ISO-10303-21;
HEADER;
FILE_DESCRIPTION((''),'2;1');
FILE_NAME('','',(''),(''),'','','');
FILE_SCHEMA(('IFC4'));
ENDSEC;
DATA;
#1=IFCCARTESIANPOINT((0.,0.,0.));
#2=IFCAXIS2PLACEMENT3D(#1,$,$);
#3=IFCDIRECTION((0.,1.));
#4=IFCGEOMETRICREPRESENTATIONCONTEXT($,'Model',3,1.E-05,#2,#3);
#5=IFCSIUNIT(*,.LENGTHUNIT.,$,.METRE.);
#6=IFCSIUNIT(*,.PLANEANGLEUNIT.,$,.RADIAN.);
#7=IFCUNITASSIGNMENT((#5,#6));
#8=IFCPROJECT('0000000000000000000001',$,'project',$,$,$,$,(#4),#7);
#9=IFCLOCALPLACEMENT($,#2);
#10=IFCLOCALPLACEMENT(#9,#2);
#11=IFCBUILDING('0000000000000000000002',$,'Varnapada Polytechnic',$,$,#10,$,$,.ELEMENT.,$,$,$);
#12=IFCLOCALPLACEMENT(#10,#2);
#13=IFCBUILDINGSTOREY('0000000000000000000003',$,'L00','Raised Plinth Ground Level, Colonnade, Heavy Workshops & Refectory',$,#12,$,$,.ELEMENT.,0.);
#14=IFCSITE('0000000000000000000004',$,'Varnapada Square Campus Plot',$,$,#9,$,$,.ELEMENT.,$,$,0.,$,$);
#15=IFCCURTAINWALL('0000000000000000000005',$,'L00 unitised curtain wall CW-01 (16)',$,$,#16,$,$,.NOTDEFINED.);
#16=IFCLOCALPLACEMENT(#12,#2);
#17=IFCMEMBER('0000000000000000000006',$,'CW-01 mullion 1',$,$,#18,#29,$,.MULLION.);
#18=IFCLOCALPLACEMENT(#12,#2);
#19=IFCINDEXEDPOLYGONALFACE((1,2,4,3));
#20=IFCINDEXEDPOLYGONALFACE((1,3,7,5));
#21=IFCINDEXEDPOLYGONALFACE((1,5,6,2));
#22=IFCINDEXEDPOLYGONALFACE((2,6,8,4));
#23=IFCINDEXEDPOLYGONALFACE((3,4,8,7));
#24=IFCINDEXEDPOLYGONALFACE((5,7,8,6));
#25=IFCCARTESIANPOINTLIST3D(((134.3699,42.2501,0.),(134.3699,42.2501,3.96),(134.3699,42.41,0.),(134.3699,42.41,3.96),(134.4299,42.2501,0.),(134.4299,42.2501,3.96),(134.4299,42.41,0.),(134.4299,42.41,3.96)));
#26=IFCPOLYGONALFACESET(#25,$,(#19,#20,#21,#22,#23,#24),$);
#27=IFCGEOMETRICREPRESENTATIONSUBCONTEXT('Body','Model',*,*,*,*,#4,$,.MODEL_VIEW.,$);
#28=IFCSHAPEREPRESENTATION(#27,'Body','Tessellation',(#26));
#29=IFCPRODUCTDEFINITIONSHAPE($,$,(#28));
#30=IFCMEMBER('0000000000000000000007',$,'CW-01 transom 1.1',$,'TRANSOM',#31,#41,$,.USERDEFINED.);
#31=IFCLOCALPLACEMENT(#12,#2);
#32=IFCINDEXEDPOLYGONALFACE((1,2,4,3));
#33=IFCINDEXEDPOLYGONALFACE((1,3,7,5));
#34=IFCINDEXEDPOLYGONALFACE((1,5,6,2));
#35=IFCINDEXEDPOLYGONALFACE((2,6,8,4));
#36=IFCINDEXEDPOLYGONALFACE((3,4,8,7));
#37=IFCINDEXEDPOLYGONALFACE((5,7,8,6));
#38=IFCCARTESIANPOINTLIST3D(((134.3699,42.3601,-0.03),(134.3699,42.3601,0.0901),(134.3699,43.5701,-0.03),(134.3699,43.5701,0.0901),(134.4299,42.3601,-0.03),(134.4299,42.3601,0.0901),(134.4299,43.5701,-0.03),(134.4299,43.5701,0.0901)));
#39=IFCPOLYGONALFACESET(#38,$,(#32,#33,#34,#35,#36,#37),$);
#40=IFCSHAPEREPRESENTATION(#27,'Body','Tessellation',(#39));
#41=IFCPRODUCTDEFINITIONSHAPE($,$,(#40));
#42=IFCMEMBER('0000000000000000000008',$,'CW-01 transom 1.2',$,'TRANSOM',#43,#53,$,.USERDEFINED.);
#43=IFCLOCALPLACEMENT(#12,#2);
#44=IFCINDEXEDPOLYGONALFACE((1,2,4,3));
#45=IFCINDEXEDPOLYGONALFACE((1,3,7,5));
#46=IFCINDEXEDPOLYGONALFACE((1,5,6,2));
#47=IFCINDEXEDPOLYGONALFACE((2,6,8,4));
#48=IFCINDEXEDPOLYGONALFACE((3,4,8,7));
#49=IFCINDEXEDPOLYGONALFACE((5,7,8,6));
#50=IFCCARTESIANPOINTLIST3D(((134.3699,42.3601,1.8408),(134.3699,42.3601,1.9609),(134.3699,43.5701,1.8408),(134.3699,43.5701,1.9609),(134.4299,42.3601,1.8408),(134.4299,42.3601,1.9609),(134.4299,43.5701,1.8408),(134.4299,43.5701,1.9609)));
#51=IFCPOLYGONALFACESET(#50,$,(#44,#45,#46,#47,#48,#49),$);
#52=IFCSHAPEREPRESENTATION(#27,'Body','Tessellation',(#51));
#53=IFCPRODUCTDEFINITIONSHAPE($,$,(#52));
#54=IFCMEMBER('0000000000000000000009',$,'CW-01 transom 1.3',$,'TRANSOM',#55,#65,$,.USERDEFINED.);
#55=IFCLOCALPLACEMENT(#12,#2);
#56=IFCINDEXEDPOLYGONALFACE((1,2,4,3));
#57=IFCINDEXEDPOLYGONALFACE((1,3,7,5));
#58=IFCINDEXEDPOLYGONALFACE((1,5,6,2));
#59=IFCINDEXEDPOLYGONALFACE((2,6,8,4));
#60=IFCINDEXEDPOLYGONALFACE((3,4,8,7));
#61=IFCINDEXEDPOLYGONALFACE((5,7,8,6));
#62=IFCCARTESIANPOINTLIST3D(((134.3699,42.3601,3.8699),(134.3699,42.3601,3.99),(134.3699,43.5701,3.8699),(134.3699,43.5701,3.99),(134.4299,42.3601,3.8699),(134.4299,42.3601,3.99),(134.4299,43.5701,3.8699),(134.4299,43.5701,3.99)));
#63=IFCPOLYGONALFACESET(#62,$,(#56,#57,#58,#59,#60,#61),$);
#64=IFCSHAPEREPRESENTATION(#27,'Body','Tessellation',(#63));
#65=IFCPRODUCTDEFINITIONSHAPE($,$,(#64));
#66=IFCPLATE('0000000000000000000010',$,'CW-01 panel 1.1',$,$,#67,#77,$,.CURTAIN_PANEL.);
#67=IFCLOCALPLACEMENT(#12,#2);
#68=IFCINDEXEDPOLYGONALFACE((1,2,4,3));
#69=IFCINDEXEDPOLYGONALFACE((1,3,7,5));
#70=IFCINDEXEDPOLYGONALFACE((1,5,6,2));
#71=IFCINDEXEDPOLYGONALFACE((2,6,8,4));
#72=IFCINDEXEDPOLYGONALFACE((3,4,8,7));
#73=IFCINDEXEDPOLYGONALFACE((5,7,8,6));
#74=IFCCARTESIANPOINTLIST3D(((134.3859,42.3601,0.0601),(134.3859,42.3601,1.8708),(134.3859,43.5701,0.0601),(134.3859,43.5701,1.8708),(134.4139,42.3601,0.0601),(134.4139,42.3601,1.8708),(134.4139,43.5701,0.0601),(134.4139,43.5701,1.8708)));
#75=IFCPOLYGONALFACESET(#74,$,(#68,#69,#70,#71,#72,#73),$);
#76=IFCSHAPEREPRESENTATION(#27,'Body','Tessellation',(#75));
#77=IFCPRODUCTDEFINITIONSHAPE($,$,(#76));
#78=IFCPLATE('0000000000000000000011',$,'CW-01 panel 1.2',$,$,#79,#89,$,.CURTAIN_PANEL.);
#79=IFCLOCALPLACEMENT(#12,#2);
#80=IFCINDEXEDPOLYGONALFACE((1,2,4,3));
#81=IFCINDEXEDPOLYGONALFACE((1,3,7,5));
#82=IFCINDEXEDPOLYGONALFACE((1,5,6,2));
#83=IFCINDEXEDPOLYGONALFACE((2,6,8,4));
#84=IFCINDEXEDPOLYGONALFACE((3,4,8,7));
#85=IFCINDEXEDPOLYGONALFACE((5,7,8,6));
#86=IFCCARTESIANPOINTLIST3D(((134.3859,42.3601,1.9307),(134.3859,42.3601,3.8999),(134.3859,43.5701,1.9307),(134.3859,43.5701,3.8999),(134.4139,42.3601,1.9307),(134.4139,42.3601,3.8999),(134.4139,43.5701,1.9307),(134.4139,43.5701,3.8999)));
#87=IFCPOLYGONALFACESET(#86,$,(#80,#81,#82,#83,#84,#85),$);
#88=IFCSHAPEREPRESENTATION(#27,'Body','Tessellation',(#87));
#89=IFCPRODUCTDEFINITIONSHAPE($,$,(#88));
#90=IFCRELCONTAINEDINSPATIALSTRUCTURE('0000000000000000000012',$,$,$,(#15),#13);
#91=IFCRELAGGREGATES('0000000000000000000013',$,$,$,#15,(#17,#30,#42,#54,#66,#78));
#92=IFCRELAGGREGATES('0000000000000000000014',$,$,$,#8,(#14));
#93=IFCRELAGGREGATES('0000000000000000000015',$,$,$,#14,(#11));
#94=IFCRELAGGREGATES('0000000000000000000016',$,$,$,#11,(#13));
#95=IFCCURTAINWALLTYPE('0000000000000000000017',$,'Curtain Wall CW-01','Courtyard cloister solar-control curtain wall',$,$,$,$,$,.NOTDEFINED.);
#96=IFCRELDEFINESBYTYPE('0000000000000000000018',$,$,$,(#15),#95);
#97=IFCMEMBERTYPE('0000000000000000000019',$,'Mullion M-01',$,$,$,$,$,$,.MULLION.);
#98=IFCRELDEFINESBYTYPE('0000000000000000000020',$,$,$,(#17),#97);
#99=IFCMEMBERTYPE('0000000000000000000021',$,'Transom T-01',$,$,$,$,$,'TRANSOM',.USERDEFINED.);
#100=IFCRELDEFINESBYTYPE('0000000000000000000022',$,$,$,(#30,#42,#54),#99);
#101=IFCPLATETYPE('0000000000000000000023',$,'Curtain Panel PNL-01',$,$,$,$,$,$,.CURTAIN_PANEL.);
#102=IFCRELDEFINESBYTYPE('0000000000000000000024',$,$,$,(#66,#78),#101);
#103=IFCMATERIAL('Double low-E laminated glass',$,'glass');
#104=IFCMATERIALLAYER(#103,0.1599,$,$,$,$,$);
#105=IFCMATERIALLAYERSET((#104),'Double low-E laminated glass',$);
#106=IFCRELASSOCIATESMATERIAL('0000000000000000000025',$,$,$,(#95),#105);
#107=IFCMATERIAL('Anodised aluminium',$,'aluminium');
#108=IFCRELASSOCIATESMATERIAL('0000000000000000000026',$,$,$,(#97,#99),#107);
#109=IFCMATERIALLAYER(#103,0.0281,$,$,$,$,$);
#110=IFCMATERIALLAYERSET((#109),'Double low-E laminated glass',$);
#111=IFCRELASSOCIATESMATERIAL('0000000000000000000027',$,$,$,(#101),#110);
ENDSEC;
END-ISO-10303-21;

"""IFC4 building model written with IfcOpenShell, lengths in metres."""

from ifc_helpers import new_model, si_unit, direction, frame, origin, origin_2d, place, context, subcontext, project, spatial, rectangle, extrude, material, layer, layer_set, material_profile, profile_set, type_object, element, aggregate, save


model = new_model("IFC4")

# Units and contexts
model_context = context("Model", 3, precision=1e-05, world=origin(), true_north=direction((0.0, 1.0)))
body_context = subcontext(model_context, "Body", "Model", "MODEL_VIEW")
ifc_project = project(units=[si_unit("LENGTHUNIT", "METRE"), si_unit("PLANEANGLEUNIT", "RADIAN")], contexts=[model_context])

# Site, building, storey
site_placement = place(None, origin())
site = spatial("IfcSite", under=ifc_project, at=site_placement, Name="Varnapada Square Campus Plot", CompositionType="ELEMENT", RefElevation=0.0)
building_placement = place(site_placement, origin())
building = spatial("IfcBuilding", under=site, at=building_placement, Name="Varnapada Polytechnic", CompositionType="ELEMENT")
storey_placement = place(building_placement, origin())
storey = spatial("IfcBuildingStorey", under=building, at=storey_placement, Name="L00", Description="Raised Plinth Ground Level, Colonnade, Heavy Workshops & Refectory", CompositionType="ELEMENT", Elevation=0.0)

# Curtain wall, members, plates
ifc_material_1 = material(Name="Double low-E laminated glass", Category="glass")
ifc_layer_1 = layer(ifc_material_1, 0.1599)
ifc_layer_set_1 = layer_set([ifc_layer_1], Name="Double low-E laminated glass")
curtain_wall_type = type_object("IfcCurtainWallType", Name="Curtain Wall CW-01", Description="Courtyard cloister solar-control curtain wall", PredefinedType="NOTDEFINED", material=ifc_layer_set_1)
curtain_wall_placement = place(storey_placement, origin())
curtain_wall = element("IfcCurtainWall", 1, at=curtain_wall_placement, inside=storey, type_object=curtain_wall_type, Name="L00 unitised curtain wall CW-01 (16)", PredefinedType="NOTDEFINED")
ifc_material_2 = material(Name="Anodised aluminium", Category="aluminium")
ifc_material_profile_1 = material_profile(ifc_material_2, rectangle(XDim=0.0601, YDim=0.1599, at=origin_2d()), Name="ALU M60x160")
ifc_profile_set_1 = profile_set([ifc_material_profile_1], Name="Anodised aluminium")
member_type_1 = type_object("IfcMemberType", Name="Mullion M-01", PredefinedType="MULLION", material=ifc_profile_set_1)
member_1_placement = place(storey_placement, frame((134.3999, 42.3301, 0.0), z_axis=(0.0, 0.0, 1.0), x_axis=(-1.0, 0.0, 0.0)))
member_1 = element("IfcMember", 2, at=member_1_placement, type_object=member_type_1, Name="CW-01 mullion 1", PredefinedType="MULLION", context=body_context, shape_type="SweptSolid", body=[
    extrude(rectangle(XDim=0.0601, YDim=0.1599, at=origin_2d()), origin(), (0.0, 0.0, 1.0), 3.96),
])
ifc_material_profile_2 = material_profile(ifc_material_2, rectangle(XDim=0.0601, YDim=0.1201, at=origin_2d()), Name="ALU T60x120")
ifc_profile_set_2 = profile_set([ifc_material_profile_2], Name="Anodised aluminium")
member_type_2 = type_object("IfcMemberType", Name="Transom T-01", ElementType="TRANSOM", PredefinedType="USERDEFINED", material=ifc_profile_set_2)
member_2_placement = place(storey_placement, frame((134.3999, 42.3601, 0.03), z_axis=(0.0, 1.0, 0.0), x_axis=(-1.0, 0.0, 0.0)))
member_2 = element("IfcMember", 3, at=member_2_placement, type_object=member_type_2, Name="CW-01 transom 1.1", ObjectType="TRANSOM", PredefinedType="USERDEFINED", context=body_context, shape_type="SweptSolid", body=[
    extrude(rectangle(XDim=0.0601, YDim=0.1201, at=origin_2d()), origin(), (0.0, 0.0, 1.0), 1.21),
])
member_3_placement = place(storey_placement, frame((134.3999, 42.3601, 1.9009), z_axis=(0.0, 1.0, 0.0), x_axis=(-1.0, 0.0, 0.0)))
member_3 = element("IfcMember", 4, at=member_3_placement, type_object=member_type_2, Name="CW-01 transom 1.2", ObjectType="TRANSOM", PredefinedType="USERDEFINED", context=body_context, shape_type="SweptSolid", body=[
    extrude(rectangle(XDim=0.0601, YDim=0.1201, at=origin_2d()), origin(), (0.0, 0.0, 1.0), 1.21),
])
member_4_placement = place(storey_placement, frame((134.3999, 42.3601, 3.9299), z_axis=(0.0, 1.0, 0.0), x_axis=(-1.0, 0.0, 0.0)))
member_4 = element("IfcMember", 5, at=member_4_placement, type_object=member_type_2, Name="CW-01 transom 1.3", ObjectType="TRANSOM", PredefinedType="USERDEFINED", context=body_context, shape_type="SweptSolid", body=[
    extrude(rectangle(XDim=0.0601, YDim=0.1201, at=origin_2d()), origin(), (0.0, 0.0, 1.0), 1.21),
])
ifc_layer_2 = layer(ifc_material_1, 0.0281)
ifc_layer_set_2 = layer_set([ifc_layer_2], Name="Double low-E laminated glass")
plate_type = type_object("IfcPlateType", Name="Curtain Panel PNL-01", PredefinedType="CURTAIN_PANEL", material=ifc_layer_set_2)
plate_1_placement = place(storey_placement, frame((134.3999, 42.9651, 0.0601), z_axis=(0.0, 0.0, 1.0), x_axis=(0.0, 1.0, 0.0)))
plate_1 = element("IfcPlate", 6, at=plate_1_placement, type_object=plate_type, Name="CW-01 panel 1.1", PredefinedType="CURTAIN_PANEL", context=body_context, shape_type="SweptSolid", body=[
    extrude(rectangle(XDim=1.21, YDim=0.0281, at=origin_2d()), origin(), (0.0, 0.0, 1.0), 1.8108),
])
plate_2_placement = place(storey_placement, frame((134.3999, 42.9651, 1.9307), z_axis=(0.0, 0.0, 1.0), x_axis=(0.0, 1.0, 0.0)))
plate_2 = element("IfcPlate", 7, at=plate_2_placement, type_object=plate_type, Name="CW-01 panel 1.2", PredefinedType="CURTAIN_PANEL", context=body_context, shape_type="SweptSolid", body=[
    extrude(rectangle(XDim=1.21, YDim=0.0281, at=origin_2d()), origin(), (0.0, 0.0, 1.0), 1.9692),
])
aggregate(curtain_wall, [member_1, member_2, member_3, member_4, plate_1, plate_2])

save(model, "model.ifc")
